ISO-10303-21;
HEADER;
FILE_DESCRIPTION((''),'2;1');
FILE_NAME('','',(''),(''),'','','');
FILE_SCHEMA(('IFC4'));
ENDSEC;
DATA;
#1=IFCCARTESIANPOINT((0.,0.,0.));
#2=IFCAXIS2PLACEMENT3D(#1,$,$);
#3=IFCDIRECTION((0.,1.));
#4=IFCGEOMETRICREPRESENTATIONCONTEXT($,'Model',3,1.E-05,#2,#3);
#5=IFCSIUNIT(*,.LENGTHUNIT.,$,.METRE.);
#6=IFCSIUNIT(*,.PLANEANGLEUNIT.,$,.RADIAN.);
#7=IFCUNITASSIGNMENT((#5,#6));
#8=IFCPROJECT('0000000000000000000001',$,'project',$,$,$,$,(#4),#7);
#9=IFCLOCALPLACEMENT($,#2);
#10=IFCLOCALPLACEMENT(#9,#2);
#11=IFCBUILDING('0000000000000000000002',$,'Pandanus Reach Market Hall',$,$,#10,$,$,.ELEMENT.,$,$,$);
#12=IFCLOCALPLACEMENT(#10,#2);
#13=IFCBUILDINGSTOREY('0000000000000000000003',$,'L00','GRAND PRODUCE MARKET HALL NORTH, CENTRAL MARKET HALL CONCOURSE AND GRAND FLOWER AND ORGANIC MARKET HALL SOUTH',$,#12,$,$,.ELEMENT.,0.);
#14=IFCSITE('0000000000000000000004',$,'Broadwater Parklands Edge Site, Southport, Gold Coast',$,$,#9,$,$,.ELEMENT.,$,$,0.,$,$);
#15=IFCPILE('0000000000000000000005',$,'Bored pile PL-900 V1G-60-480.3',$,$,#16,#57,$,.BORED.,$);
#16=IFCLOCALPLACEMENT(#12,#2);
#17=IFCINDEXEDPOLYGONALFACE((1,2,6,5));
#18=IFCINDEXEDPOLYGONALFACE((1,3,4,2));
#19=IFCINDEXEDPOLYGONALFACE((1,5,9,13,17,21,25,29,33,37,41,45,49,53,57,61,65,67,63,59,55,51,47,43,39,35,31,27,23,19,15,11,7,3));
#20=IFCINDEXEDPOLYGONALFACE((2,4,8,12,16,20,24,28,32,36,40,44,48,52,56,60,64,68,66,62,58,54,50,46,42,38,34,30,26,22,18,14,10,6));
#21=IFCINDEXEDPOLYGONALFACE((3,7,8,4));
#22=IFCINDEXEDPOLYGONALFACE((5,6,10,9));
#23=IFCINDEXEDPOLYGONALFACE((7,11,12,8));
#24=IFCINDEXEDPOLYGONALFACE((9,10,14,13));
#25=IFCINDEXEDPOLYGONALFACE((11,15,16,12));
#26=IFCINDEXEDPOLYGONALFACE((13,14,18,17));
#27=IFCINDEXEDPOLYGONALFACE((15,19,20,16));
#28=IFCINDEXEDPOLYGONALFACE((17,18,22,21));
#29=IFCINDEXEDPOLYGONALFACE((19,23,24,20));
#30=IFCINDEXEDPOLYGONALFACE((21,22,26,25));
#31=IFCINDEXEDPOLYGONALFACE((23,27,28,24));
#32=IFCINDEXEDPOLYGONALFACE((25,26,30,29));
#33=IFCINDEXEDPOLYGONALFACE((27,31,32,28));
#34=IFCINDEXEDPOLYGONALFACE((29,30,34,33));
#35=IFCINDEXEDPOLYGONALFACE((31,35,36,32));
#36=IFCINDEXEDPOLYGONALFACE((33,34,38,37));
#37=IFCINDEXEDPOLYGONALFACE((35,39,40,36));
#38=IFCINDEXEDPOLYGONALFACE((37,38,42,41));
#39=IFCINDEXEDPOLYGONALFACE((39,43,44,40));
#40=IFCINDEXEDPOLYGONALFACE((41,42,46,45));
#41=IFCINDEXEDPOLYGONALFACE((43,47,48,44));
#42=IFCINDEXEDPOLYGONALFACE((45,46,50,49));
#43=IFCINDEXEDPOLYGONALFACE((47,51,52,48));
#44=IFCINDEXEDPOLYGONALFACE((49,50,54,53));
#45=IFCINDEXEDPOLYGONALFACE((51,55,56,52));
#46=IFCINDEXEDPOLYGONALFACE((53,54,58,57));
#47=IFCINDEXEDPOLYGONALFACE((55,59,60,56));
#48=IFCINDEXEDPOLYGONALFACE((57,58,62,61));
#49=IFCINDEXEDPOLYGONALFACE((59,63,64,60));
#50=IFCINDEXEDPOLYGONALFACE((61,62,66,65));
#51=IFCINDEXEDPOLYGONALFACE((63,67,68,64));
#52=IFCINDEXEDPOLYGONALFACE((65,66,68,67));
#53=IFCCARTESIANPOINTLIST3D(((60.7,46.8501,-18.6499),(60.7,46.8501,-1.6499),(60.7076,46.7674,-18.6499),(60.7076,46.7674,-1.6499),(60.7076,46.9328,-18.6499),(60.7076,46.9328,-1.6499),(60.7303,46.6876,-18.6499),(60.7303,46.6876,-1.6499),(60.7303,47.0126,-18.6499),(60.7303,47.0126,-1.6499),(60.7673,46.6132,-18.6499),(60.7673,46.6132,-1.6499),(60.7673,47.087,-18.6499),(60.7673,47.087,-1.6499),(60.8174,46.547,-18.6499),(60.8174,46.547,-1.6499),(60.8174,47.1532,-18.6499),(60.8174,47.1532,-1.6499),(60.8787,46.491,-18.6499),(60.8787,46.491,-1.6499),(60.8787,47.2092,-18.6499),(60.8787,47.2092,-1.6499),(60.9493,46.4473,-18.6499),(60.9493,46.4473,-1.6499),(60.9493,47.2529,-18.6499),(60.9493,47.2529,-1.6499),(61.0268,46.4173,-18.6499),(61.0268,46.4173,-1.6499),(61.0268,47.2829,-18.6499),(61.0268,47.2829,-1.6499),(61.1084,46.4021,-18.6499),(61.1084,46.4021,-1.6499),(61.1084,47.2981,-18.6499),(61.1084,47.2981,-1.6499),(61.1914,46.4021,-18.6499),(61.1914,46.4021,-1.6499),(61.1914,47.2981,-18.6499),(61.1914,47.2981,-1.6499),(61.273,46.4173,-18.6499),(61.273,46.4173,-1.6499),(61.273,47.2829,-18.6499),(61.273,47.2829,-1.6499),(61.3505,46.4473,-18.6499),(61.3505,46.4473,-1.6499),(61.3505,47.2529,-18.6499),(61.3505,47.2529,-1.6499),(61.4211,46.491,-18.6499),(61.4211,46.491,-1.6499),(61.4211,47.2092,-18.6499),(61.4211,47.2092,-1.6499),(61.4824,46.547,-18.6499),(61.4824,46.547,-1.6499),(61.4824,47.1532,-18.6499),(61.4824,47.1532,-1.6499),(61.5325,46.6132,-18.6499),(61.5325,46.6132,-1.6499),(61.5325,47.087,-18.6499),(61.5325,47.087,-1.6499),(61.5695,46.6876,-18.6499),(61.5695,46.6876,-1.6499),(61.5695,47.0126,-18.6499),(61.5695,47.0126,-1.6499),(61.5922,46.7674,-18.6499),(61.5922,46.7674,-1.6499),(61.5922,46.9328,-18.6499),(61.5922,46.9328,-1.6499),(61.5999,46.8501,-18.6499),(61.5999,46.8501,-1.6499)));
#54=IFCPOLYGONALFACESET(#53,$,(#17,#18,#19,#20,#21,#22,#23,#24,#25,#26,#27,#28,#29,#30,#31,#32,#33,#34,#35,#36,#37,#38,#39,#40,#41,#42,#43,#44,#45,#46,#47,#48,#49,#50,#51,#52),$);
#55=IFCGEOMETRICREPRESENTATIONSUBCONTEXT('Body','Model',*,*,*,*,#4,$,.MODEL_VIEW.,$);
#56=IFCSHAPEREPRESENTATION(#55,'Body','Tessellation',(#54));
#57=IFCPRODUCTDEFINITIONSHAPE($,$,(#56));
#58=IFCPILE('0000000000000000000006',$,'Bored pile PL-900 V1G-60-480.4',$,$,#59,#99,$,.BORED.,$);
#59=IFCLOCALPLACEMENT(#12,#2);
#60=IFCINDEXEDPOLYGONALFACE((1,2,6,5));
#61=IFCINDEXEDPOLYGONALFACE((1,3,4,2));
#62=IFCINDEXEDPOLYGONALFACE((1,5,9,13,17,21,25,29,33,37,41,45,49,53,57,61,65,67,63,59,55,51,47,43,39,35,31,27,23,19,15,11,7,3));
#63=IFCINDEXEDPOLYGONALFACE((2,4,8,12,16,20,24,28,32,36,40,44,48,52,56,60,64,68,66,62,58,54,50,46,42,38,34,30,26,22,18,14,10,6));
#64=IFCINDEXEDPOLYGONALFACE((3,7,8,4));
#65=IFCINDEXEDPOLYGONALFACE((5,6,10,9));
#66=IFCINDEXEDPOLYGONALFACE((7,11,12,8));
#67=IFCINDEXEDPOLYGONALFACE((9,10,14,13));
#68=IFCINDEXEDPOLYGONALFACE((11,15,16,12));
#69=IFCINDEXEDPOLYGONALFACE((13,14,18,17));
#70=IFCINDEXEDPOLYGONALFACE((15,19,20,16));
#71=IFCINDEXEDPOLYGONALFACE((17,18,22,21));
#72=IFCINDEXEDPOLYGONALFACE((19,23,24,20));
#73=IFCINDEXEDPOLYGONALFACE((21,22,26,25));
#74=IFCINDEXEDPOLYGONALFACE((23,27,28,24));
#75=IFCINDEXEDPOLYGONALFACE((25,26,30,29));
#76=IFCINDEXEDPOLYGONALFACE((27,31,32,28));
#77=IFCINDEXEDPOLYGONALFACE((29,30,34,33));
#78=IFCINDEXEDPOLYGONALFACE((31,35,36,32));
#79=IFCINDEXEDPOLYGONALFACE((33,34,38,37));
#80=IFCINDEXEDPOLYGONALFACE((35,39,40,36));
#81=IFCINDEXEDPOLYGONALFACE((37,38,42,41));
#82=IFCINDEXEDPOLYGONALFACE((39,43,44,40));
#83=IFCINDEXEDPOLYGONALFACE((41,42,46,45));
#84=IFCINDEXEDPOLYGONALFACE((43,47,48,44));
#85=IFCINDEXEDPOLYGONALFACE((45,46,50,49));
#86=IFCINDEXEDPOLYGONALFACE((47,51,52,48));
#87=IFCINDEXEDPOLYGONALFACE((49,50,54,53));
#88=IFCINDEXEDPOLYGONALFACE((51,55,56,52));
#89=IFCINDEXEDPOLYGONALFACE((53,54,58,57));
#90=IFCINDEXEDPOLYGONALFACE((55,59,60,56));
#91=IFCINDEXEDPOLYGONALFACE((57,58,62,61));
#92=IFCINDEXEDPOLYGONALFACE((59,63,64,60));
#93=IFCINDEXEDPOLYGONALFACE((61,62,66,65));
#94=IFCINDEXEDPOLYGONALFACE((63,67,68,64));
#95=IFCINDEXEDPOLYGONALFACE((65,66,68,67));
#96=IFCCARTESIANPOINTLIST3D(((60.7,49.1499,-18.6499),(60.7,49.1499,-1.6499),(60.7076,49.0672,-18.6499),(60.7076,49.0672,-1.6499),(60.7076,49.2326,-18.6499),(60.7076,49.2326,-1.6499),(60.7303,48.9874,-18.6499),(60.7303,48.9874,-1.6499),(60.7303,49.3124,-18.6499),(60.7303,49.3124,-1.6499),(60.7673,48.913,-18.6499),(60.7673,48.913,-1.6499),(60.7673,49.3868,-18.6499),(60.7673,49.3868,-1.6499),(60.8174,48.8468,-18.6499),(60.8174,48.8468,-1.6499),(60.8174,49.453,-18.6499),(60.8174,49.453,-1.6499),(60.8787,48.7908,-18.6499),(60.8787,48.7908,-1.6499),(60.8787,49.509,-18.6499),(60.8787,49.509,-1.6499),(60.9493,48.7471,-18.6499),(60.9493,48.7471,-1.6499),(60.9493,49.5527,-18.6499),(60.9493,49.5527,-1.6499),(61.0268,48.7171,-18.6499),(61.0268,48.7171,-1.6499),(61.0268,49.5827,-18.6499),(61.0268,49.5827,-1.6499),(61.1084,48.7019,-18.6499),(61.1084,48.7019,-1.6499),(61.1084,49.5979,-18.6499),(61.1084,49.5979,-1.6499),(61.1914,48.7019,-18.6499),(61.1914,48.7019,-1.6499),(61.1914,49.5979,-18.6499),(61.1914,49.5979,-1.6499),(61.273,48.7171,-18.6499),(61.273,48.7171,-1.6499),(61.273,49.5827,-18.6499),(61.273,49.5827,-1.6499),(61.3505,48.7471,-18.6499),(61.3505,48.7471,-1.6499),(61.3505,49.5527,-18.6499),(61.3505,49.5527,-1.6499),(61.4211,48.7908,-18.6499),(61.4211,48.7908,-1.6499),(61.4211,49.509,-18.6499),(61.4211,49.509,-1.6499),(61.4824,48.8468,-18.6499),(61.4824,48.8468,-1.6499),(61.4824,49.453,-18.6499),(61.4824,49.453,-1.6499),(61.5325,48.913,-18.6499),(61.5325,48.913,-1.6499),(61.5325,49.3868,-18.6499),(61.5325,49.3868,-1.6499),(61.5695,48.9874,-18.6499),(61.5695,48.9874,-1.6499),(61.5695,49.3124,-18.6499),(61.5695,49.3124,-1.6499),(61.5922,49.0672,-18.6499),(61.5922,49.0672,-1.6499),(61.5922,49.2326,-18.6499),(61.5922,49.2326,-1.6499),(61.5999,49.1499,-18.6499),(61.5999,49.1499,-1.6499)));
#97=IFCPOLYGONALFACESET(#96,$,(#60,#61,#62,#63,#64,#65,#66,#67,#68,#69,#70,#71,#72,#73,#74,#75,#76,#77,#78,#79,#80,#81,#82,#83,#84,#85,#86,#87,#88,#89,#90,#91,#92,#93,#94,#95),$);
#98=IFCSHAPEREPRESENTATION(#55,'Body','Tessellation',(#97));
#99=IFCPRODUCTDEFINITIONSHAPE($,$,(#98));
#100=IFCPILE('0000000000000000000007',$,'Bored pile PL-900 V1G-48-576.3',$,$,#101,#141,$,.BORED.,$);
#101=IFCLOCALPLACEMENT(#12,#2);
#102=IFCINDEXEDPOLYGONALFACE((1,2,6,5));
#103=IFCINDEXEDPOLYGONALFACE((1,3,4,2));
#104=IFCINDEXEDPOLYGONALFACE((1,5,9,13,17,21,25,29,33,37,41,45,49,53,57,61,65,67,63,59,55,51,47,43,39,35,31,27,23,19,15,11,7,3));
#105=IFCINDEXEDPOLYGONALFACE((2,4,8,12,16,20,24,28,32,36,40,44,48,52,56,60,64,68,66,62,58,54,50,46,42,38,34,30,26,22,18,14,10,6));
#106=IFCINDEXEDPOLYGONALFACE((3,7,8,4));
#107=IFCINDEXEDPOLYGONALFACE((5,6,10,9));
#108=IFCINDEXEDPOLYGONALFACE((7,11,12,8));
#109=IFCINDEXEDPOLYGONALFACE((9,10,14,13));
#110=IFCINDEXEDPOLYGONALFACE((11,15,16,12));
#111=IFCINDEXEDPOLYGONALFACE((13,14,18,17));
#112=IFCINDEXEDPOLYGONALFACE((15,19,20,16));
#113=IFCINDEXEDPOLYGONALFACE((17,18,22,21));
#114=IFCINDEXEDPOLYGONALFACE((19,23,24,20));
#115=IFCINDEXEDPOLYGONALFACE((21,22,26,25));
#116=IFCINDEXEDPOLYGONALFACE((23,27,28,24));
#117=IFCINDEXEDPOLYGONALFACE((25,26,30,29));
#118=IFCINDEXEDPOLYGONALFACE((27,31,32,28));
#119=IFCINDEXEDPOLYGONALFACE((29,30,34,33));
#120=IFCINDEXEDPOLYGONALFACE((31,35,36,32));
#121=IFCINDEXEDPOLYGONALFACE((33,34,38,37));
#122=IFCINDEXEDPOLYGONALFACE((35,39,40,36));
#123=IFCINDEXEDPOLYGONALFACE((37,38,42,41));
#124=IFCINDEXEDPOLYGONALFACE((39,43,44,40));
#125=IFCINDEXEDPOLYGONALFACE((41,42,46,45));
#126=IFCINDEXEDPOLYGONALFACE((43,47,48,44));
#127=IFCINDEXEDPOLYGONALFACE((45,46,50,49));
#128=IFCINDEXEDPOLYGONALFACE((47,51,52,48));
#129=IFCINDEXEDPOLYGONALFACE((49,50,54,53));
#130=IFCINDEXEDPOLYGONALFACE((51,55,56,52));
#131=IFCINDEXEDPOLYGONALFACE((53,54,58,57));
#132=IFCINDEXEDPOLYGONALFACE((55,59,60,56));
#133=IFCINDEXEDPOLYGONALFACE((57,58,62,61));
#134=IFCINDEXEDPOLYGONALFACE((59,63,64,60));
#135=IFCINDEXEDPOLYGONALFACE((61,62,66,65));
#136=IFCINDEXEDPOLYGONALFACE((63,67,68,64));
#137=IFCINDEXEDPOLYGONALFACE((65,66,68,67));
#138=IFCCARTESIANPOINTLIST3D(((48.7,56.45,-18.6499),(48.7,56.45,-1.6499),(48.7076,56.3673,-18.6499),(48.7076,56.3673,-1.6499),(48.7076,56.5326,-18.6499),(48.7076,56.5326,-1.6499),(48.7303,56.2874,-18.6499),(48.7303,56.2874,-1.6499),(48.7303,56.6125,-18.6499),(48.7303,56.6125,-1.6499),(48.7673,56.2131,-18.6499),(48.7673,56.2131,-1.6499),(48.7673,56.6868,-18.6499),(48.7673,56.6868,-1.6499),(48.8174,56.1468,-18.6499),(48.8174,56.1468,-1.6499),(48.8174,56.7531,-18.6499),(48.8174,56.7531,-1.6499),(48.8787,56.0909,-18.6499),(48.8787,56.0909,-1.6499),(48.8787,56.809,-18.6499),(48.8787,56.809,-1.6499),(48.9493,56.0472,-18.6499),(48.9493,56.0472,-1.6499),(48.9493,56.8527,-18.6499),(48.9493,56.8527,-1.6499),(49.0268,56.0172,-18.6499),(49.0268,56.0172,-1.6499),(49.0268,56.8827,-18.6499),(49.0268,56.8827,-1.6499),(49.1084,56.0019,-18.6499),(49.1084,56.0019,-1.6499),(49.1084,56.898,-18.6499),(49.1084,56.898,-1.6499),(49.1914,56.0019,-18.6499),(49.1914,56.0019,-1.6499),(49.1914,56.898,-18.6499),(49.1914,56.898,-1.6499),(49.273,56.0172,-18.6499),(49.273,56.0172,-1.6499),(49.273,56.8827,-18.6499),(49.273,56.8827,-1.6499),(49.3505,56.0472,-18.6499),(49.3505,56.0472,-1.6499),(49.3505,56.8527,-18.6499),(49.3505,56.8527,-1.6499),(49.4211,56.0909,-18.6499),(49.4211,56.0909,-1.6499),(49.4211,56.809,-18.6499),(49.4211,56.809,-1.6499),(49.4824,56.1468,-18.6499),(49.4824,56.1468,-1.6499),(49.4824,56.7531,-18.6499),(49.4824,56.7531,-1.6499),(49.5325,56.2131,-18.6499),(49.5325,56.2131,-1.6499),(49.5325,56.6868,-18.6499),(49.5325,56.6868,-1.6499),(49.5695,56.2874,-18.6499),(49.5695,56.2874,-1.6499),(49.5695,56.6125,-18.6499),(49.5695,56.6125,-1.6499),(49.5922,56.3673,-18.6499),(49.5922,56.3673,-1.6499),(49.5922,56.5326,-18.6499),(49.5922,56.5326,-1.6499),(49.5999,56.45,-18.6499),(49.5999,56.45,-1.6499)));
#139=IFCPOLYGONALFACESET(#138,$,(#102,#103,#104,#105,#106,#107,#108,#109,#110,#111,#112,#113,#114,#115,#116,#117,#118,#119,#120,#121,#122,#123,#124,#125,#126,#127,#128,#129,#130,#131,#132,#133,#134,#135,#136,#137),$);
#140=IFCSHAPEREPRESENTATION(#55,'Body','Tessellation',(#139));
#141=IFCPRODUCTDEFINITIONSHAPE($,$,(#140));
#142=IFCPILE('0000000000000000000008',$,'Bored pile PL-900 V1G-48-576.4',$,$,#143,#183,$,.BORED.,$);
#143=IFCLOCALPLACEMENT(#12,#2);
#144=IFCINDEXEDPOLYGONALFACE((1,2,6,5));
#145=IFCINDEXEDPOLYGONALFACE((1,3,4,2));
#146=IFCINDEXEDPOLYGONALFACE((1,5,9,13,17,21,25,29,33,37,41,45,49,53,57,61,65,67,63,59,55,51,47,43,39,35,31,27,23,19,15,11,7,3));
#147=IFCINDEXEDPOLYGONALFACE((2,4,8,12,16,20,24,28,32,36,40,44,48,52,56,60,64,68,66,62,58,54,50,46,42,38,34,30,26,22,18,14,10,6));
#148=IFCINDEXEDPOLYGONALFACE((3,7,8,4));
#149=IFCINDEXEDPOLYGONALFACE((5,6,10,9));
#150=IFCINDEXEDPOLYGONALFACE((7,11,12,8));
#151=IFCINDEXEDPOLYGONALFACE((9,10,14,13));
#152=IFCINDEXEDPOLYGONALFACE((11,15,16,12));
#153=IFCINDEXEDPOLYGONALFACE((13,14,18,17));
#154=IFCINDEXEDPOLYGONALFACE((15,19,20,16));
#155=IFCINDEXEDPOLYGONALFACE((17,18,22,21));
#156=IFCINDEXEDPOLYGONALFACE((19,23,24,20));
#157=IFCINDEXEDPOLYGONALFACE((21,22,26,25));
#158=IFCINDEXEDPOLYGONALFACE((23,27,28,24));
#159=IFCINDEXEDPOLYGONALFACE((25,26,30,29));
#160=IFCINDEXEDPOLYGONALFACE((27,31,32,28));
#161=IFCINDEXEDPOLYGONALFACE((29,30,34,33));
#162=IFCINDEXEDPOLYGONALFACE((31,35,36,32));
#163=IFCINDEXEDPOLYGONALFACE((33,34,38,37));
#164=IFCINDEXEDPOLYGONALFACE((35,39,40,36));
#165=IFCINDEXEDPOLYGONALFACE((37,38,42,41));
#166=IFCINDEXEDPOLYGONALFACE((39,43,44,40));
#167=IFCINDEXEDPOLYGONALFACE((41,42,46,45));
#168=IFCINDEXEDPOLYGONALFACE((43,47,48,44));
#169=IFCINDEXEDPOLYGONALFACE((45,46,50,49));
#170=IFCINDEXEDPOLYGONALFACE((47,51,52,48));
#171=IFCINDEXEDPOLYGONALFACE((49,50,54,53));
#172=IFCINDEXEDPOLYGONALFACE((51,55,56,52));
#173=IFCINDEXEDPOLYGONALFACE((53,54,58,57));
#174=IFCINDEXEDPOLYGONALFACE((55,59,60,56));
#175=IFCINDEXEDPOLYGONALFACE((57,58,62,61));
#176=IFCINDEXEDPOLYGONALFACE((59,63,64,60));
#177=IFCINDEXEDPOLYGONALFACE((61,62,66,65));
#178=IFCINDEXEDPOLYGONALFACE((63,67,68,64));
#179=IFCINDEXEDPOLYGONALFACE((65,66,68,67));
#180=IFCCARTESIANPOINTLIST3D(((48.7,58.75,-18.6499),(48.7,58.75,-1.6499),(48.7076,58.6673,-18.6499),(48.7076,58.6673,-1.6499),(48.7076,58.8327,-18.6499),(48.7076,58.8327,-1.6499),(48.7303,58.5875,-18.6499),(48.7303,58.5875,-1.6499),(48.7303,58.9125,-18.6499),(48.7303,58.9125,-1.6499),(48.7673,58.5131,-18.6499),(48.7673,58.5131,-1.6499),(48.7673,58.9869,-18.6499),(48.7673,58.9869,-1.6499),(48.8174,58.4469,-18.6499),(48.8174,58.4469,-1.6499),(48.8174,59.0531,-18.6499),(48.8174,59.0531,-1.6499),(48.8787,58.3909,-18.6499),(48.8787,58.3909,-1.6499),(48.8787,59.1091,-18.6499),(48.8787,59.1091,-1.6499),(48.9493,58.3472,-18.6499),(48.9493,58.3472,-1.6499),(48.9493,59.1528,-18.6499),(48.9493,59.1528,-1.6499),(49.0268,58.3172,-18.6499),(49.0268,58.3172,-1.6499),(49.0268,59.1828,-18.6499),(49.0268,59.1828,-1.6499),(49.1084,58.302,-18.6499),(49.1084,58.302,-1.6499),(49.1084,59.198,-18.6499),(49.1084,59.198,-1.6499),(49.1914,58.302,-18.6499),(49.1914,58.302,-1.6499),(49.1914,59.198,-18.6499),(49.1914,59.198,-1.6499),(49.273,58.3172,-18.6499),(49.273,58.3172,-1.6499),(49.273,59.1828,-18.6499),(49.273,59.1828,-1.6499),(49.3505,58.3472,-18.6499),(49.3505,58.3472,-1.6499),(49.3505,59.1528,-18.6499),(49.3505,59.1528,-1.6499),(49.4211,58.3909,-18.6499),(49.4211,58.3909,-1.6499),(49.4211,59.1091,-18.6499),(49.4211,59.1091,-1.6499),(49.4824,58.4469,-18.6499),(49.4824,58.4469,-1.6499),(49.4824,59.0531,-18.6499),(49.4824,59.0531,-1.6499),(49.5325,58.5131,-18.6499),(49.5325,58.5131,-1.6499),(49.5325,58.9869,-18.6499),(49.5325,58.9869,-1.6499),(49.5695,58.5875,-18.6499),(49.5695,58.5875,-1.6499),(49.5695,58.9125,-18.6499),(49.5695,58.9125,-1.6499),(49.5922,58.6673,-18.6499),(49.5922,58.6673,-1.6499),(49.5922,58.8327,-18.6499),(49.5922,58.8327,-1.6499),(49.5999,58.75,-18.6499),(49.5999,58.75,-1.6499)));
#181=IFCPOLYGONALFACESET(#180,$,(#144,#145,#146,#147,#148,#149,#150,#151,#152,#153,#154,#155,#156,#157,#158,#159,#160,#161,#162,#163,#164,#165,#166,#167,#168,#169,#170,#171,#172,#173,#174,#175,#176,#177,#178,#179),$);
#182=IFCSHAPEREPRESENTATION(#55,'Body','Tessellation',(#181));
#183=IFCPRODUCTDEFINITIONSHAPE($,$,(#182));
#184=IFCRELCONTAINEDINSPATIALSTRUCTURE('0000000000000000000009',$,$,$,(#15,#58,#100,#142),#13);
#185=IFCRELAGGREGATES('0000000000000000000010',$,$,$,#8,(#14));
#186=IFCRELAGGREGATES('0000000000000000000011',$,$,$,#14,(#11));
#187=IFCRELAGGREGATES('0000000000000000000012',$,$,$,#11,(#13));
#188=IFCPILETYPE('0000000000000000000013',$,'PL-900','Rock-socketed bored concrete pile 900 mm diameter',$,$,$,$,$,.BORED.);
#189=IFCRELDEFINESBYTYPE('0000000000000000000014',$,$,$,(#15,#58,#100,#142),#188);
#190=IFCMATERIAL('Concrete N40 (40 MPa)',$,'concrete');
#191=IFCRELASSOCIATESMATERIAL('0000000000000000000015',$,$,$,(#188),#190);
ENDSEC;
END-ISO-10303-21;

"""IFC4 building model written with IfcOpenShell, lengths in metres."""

from ifc_helpers import new_model, si_unit, direction, frame, origin, origin_2d, place, context, subcontext, project, spatial, circle, extrude, material, material_profile, profile_set, type_object, element, save


model = new_model("IFC4")

# Units and contexts
model_context = context("Model", 3, precision=1e-05, world=origin(), true_north=direction((0.0, 1.0)))
body_context = subcontext(model_context, "Body", "Model", "MODEL_VIEW")
ifc_project = project(units=[si_unit("LENGTHUNIT", "METRE"), si_unit("PLANEANGLEUNIT", "RADIAN")], contexts=[model_context])

# Site, building, storey
site_placement = place(None, origin())
site = spatial("IfcSite", under=ifc_project, at=site_placement, Name="Broadwater Parklands Edge Site, Southport, Gold Coast", CompositionType="ELEMENT", RefElevation=0.0)
building_placement = place(site_placement, origin())
building = spatial("IfcBuilding", under=site, at=building_placement, Name="Pandanus Reach Market Hall", CompositionType="ELEMENT")
storey_placement = place(building_placement, origin())
storey = spatial("IfcBuildingStorey", under=building, at=storey_placement, Name="L00", Description="GRAND PRODUCE MARKET HALL NORTH, CENTRAL MARKET HALL CONCOURSE AND GRAND FLOWER AND ORGANIC MARKET HALL SOUTH", CompositionType="ELEMENT", Elevation=0.0)

# Shared definitions
ifc_material_1 = material(Name="Concrete N40 (40 MPa)", Category="concrete")

# Piles
ifc_material_profile_1 = material_profile(ifc_material_1, circle(Radius=0.45, at=origin_2d()), Name="PILE-900D", Category="LoadBearing")
ifc_profile_set_1 = profile_set([ifc_material_profile_1], Name="Concrete N40 (40 MPa)")
pile_type = type_object("IfcPileType", Name="PL-900", Description="Rock-socketed bored concrete pile 900 mm diameter", PredefinedType="BORED", material=ifc_profile_set_1)
for number, where, z_axis, x_axis, name in (
    (1, (61.1499, 46.8501, -1.6499), (0.0, 0.0, -1.0), (1.0, 0.0, 0.0), "Bored pile PL-900 V1G-60-480.3"),
    (2, (61.1499, 49.1499, -1.6499), (0.0, 0.0, -1.0), (1.0, 0.0, 0.0), "Bored pile PL-900 V1G-60-480.4"),
    (3, (49.1499, 56.45, -1.6499), (0.0, 0.0, -1.0), (1.0, 0.0, 0.0), "Bored pile PL-900 V1G-48-576.3"),
    (4, (49.1499, 58.75, -1.6499), (0.0, 0.0, -1.0), (1.0, 0.0, 0.0), "Bored pile PL-900 V1G-48-576.4"),
):
    element("IfcPile", number, at=place(storey_placement, frame(where, z_axis=z_axis, x_axis=x_axis)), inside=storey, type_object=pile_type, Name=name, PredefinedType="BORED", context=body_context, shape_type="SweptSolid", body=[
        extrude(circle(Radius=0.45, at=origin_2d()), origin(), (0.0, 0.0, 1.0), 17.0),
    ])

save(model, "model.ifc")
